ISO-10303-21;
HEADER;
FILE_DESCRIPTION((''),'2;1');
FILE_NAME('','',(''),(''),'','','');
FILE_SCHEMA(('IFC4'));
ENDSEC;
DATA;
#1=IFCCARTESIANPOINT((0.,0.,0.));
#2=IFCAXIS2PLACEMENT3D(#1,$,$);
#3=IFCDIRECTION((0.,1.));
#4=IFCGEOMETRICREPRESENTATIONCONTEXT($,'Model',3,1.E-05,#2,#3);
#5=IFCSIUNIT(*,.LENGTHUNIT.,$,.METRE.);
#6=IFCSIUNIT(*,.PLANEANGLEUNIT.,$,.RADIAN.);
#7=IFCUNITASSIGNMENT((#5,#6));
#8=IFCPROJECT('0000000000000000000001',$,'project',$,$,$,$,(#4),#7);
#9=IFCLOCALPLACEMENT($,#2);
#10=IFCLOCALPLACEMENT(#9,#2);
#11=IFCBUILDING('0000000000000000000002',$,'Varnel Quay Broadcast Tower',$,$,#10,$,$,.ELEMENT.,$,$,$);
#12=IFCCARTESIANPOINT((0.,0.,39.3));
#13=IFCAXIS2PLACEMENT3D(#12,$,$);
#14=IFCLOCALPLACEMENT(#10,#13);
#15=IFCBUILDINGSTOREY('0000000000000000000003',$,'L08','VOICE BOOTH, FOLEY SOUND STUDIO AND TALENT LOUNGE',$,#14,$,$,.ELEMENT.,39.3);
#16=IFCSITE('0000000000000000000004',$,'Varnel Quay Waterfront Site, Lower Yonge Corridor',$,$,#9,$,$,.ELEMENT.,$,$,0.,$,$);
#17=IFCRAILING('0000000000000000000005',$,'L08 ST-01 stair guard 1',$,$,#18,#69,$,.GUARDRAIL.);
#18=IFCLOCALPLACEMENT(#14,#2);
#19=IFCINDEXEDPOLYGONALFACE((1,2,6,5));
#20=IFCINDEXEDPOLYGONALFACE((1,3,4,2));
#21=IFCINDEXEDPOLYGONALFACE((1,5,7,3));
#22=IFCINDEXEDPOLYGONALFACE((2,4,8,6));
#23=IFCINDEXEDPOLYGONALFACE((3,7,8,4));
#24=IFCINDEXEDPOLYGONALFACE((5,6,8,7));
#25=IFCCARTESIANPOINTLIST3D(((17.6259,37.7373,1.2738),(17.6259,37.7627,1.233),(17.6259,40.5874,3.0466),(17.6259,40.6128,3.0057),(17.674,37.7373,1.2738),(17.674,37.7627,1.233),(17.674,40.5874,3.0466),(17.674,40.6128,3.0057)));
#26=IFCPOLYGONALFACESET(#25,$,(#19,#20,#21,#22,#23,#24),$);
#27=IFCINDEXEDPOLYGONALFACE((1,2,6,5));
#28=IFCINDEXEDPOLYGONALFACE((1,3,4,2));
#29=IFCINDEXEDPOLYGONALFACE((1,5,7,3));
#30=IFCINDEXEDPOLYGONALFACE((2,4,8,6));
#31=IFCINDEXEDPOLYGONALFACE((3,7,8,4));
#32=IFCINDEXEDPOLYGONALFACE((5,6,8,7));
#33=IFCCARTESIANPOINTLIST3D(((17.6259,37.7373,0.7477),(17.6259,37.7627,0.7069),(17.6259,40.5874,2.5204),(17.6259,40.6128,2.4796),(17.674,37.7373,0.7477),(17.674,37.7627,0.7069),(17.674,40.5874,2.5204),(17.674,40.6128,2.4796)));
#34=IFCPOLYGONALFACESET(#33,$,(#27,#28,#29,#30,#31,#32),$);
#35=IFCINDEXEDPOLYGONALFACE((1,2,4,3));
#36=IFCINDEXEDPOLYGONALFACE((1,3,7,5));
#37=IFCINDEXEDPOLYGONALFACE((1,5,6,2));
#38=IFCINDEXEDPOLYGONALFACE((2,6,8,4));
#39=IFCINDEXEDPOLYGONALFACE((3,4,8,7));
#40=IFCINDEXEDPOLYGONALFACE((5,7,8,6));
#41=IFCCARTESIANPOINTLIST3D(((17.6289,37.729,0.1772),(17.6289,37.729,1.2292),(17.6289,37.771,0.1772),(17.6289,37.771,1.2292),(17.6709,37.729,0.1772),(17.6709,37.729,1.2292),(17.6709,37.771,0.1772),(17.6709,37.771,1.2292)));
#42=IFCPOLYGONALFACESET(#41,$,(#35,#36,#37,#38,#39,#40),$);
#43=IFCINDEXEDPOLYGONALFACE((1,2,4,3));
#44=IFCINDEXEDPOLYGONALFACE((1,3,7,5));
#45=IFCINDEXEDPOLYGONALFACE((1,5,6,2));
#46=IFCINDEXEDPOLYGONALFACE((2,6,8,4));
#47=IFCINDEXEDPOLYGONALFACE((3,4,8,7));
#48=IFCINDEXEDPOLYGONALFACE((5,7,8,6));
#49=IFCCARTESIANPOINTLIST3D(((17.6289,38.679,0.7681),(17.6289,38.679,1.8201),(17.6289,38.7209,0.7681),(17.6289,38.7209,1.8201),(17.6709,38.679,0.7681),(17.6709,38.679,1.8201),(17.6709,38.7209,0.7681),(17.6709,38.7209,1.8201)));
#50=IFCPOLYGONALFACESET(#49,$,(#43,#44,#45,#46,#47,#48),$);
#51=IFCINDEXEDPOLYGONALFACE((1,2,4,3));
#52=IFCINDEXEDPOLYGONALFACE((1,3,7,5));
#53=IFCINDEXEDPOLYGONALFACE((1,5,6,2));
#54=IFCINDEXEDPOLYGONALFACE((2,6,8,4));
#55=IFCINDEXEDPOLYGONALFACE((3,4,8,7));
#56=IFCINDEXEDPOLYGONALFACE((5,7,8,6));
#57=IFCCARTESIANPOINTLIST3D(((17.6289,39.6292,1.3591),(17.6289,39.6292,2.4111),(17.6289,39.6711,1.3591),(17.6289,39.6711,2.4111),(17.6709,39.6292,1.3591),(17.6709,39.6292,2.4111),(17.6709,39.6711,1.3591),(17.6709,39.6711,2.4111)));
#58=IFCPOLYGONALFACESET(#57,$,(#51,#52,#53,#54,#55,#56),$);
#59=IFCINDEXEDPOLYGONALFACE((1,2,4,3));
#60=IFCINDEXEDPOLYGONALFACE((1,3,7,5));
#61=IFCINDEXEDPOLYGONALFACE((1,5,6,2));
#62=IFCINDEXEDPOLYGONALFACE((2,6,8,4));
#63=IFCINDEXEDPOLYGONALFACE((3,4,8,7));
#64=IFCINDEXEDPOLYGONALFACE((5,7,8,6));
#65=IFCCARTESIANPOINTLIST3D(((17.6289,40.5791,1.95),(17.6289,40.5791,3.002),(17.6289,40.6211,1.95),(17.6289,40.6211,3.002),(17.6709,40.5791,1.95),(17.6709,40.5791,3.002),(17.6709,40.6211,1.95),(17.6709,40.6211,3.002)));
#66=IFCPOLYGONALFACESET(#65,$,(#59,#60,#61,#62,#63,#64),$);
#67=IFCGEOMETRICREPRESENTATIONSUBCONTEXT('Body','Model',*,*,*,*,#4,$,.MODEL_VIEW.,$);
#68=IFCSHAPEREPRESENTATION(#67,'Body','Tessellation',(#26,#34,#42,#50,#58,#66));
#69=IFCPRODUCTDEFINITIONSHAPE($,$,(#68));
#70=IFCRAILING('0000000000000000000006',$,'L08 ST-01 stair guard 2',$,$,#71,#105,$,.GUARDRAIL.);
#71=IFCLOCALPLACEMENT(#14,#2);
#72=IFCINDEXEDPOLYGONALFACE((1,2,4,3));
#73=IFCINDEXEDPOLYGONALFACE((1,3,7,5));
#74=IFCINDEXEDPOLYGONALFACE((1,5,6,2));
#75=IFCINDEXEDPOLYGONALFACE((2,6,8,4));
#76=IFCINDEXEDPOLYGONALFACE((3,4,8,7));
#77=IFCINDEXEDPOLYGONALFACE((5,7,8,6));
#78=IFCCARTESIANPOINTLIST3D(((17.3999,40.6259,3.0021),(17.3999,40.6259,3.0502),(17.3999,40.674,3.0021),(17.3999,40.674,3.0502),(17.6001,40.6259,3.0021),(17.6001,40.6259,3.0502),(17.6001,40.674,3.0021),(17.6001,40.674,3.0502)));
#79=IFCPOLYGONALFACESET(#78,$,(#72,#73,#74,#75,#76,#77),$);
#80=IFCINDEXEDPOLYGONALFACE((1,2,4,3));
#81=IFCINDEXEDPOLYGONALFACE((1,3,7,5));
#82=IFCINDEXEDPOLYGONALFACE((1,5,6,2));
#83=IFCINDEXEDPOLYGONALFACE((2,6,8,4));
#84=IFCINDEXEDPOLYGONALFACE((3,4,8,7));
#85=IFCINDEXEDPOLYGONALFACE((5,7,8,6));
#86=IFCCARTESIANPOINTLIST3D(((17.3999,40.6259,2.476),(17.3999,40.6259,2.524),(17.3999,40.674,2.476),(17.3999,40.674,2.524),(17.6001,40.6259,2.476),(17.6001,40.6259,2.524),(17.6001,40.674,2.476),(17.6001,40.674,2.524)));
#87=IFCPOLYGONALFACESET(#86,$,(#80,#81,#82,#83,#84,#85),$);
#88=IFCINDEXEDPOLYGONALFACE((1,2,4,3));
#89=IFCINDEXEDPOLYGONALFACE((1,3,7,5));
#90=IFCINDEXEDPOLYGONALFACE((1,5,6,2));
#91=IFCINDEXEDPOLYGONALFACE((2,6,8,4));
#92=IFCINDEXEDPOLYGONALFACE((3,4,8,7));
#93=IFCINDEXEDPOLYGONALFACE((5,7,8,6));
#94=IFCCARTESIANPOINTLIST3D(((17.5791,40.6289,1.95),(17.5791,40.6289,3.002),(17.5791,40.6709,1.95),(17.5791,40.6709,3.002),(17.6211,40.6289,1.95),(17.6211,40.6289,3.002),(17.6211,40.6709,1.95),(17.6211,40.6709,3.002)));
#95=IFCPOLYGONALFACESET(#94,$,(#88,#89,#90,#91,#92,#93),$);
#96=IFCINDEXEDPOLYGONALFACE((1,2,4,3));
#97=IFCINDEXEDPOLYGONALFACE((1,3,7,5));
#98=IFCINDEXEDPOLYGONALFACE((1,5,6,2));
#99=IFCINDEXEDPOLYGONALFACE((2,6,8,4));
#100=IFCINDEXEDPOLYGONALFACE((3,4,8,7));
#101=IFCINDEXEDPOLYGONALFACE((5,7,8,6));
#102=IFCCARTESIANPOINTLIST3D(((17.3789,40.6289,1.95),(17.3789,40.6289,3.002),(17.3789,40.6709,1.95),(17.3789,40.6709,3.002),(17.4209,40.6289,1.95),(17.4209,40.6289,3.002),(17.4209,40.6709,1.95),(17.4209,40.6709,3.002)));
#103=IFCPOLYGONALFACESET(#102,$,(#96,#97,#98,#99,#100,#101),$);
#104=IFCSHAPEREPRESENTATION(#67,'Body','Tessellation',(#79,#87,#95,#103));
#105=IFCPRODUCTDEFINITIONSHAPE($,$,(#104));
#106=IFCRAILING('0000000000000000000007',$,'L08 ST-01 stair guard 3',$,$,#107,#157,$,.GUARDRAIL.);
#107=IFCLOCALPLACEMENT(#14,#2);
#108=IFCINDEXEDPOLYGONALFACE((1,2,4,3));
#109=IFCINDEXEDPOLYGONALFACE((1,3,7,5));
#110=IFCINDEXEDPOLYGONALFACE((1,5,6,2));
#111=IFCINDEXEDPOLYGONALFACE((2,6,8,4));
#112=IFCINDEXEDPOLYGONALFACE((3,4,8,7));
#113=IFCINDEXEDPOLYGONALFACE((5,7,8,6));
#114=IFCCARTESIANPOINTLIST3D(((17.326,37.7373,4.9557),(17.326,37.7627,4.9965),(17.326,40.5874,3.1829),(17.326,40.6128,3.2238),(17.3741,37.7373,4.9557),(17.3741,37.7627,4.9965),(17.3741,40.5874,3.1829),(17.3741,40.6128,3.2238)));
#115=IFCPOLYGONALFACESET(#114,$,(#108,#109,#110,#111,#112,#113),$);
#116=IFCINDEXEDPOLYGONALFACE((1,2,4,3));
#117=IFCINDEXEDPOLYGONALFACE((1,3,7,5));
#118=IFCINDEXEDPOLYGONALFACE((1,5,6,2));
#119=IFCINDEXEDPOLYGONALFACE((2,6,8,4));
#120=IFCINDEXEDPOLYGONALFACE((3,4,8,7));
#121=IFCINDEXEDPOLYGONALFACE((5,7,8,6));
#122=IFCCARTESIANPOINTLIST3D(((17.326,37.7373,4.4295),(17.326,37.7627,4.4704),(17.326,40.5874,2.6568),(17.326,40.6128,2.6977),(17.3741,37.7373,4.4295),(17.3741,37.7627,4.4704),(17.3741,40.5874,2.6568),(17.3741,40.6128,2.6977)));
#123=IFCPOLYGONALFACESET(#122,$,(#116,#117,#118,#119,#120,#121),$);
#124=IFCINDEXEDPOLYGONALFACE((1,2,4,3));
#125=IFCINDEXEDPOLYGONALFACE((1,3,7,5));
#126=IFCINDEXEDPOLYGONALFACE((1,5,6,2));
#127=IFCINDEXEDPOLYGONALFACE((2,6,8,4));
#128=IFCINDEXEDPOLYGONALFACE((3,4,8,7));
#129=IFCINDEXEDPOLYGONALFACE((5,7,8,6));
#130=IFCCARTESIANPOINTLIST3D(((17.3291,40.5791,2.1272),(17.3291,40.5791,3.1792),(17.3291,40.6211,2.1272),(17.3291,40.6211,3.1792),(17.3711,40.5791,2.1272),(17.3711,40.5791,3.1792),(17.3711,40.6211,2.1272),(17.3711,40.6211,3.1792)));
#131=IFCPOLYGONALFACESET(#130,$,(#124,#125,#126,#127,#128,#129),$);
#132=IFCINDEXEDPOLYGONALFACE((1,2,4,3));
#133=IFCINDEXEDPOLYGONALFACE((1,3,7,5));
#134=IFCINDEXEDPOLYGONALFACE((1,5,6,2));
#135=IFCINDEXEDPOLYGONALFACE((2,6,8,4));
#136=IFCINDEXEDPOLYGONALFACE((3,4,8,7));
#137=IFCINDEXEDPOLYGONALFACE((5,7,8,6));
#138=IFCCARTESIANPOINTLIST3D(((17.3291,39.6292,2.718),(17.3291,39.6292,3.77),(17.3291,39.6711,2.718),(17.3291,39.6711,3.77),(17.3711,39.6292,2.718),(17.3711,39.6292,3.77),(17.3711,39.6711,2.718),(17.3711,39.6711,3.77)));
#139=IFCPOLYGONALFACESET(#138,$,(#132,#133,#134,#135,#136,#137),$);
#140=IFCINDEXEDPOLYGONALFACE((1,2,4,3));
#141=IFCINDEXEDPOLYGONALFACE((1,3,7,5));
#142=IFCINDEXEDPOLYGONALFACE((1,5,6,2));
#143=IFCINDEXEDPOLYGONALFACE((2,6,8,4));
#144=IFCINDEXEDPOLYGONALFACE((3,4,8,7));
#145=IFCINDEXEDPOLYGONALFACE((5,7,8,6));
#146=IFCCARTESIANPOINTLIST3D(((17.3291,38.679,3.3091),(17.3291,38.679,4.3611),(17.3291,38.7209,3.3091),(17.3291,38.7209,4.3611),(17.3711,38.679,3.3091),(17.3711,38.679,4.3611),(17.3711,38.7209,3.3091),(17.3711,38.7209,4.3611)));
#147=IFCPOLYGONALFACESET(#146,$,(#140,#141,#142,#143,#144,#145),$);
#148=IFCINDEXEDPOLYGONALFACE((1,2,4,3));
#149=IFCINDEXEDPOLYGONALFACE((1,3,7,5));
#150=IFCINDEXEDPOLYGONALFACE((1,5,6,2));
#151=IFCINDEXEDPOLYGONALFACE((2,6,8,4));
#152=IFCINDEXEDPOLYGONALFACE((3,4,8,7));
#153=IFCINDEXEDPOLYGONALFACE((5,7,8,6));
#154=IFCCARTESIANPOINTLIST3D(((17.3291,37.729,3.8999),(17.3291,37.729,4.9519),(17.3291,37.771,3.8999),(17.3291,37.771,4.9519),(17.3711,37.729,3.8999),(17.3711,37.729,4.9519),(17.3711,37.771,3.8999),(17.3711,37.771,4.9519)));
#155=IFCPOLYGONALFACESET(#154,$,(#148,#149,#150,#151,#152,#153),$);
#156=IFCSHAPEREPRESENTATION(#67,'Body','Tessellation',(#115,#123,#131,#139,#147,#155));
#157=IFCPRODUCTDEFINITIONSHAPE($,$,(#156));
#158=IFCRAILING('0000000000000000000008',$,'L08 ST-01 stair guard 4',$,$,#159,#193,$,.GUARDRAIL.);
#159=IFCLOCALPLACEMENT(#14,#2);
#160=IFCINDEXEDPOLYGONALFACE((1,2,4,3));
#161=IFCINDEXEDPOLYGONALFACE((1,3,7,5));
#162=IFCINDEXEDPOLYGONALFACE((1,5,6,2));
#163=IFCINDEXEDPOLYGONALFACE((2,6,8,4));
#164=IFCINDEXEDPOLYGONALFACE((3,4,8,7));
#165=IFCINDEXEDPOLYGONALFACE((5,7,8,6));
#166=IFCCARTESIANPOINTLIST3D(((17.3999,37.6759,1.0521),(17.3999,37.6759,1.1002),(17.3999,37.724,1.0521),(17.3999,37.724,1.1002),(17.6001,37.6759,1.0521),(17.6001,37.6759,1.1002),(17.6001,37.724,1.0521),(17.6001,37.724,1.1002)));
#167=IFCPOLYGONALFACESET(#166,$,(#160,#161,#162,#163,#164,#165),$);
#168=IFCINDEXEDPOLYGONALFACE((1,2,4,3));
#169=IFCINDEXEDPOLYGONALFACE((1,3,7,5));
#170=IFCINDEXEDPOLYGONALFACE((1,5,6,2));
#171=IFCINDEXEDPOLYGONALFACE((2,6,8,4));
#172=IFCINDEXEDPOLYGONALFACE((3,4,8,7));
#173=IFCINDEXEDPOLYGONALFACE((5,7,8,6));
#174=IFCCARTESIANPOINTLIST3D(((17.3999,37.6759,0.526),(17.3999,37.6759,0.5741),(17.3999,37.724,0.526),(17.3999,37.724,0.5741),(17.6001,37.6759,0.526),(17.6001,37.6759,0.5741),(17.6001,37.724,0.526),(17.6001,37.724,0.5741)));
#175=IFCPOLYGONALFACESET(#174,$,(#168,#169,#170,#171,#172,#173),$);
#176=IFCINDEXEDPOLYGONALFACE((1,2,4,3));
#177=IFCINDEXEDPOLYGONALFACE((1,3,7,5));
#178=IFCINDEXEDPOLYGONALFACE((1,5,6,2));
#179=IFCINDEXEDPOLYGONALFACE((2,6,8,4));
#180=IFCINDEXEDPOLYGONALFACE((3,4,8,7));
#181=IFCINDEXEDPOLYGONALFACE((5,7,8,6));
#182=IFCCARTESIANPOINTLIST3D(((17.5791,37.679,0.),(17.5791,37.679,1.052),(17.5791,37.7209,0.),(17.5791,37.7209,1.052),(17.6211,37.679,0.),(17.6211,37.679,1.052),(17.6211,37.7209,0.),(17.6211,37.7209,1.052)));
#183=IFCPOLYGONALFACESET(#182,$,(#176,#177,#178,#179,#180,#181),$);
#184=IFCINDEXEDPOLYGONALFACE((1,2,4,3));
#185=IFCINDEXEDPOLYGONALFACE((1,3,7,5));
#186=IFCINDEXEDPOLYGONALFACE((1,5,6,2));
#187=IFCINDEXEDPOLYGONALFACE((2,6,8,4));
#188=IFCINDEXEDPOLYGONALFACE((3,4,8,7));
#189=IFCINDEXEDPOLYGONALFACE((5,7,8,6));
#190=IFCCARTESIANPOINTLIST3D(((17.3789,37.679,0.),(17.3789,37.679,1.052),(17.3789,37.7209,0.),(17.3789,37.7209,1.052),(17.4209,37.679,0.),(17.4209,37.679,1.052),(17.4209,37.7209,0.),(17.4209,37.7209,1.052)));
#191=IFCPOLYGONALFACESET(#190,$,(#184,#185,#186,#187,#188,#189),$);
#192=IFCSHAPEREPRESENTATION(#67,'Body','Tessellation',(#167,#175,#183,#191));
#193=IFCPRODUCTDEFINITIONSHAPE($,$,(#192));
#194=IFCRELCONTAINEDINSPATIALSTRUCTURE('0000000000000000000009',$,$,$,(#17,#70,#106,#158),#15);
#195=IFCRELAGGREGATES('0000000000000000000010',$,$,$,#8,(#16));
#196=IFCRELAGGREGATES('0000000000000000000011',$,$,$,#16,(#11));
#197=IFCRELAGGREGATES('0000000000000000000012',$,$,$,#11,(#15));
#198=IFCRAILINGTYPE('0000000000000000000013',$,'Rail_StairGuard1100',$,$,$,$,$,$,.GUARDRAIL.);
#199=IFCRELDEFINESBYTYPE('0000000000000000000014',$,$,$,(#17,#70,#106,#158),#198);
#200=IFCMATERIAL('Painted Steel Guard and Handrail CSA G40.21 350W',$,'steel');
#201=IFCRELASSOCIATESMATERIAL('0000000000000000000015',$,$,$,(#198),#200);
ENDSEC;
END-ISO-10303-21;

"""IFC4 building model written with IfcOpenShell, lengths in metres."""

from ifc_helpers import new_model, si_unit, direction, frame, origin, origin_2d, place, context, subcontext, project, spatial, rectangle, extrude, material, type_object, element, save


model = new_model("IFC4")

# Units and contexts
model_context = context("Model", 3, precision=1e-05, world=origin(), true_north=direction((0.0, 1.0)))
body_context = subcontext(model_context, "Body", "Model", "MODEL_VIEW")
ifc_project = project(units=[si_unit("LENGTHUNIT", "METRE"), si_unit("PLANEANGLEUNIT", "RADIAN")], contexts=[model_context])

# Site, building, storey
site_placement = place(None, origin())
site = spatial("IfcSite", under=ifc_project, at=site_placement, Name="Varnel Quay Waterfront Site, Lower Yonge Corridor", CompositionType="ELEMENT", RefElevation=0.0)
building_placement = place(site_placement, origin())
building = spatial("IfcBuilding", under=site, at=building_placement, Name="Varnel Quay Broadcast Tower", CompositionType="ELEMENT")
storey_placement = place(building_placement, frame((0.0, 0.0, 39.3)))
storey = spatial("IfcBuildingStorey", under=building, at=storey_placement, Name="L08", Description="VOICE BOOTH, FOLEY SOUND STUDIO AND TALENT LOUNGE", CompositionType="ELEMENT", Elevation=39.3)

# Railings
ifc_material_1 = material(Name="Painted Steel Guard and Handrail CSA G40.21 350W", Category="steel")
railing_type_1 = type_object("IfcRailingType", Name="Rail_StairGuard1100", PredefinedType="GUARDRAIL", material=ifc_material_1)
railing_1_placement = place(storey_placement, frame((17.6499, 37.75, 0.1772)))
element("IfcRailing", 1, at=railing_1_placement, inside=storey, type_object=railing_type_1, Name="L08 ST-01 stair guard 1", PredefinedType="GUARDRAIL", context=body_context, shape_type="SweptSolid", body=[
    extrude(rectangle(XDim=0.0481, YDim=0.0481, at=origin_2d()), frame((0.0, 0.0, 1.0762), z_axis=(0.0, 0.849149, 0.528154), x_axis=(-1.0, 0.0, 0.0)), (0.0, 0.0, 1.0), 3.3564),
    extrude(rectangle(XDim=0.0481, YDim=0.0481, at=origin_2d()), frame((0.0, 0.0, 0.55), z_axis=(0.0, 0.849149, 0.528154), x_axis=(-1.0, 0.0, 0.0)), (0.0, 0.0, 1.0), 3.3564),
    extrude(rectangle(XDim=0.042, YDim=0.042, at=origin_2d()), origin(), (0.0, 0.0, 1.0), 1.052),
    extrude(rectangle(XDim=0.042, YDim=0.042, at=origin_2d()), frame((0.0, 0.95, 0.5908)), (0.0, 0.0, 1.0), 1.052),
    extrude(rectangle(XDim=0.042, YDim=0.042, at=origin_2d()), frame((0.0, 1.9001, 1.1819)), (0.0, 0.0, 1.0), 1.052),
    extrude(rectangle(XDim=0.042, YDim=0.042, at=origin_2d()), frame((0.0, 2.8501, 1.7727)), (0.0, 0.0, 1.0), 1.052),
])
railing_2_placement = place(storey_placement, frame((17.6001, 40.6499, 1.95)))
element("IfcRailing", 2, at=railing_2_placement, inside=storey, type_object=railing_type_1, Name="L08 ST-01 stair guard 2", PredefinedType="GUARDRAIL", context=body_context, shape_type="SweptSolid", body=[
    extrude(rectangle(XDim=0.0481, YDim=0.0481, at=origin_2d()), frame((0.0, 0.0, 1.0762), z_axis=(-1.0, 0.0, 0.0), x_axis=(0.0, -1.0, 0.0)), (0.0, 0.0, 1.0), 0.2002),
    extrude(rectangle(XDim=0.0481, YDim=0.0481, at=origin_2d()), frame((0.0, 0.0, 0.55), z_axis=(-1.0, 0.0, 0.0), x_axis=(0.0, -1.0, 0.0)), (0.0, 0.0, 1.0), 0.2002),
    extrude(rectangle(XDim=0.042, YDim=0.042, at=origin_2d()), origin(), (0.0, 0.0, 1.0), 1.052),
    extrude(rectangle(XDim=0.042, YDim=0.042, at=origin_2d()), frame((-0.2002, 0.0, 0.0)), (0.0, 0.0, 1.0), 1.052),
])
railing_3_placement = place(storey_placement, frame((17.3501, 40.6001, 2.1272)))
element("IfcRailing", 3, at=railing_3_placement, inside=storey, type_object=railing_type_1, Name="L08 ST-01 stair guard 3", PredefinedType="GUARDRAIL", context=body_context, shape_type="SweptSolid", body=[
    extrude(rectangle(XDim=0.0481, YDim=0.0481, at=origin_2d()), frame((0.0, 0.0, 1.0762), z_axis=(0.0, -0.849149, 0.528154), x_axis=(1.0, 0.0, 0.0)), (0.0, 0.0, 1.0), 3.3564),
    extrude(rectangle(XDim=0.0481, YDim=0.0481, at=origin_2d()), frame((0.0, 0.0, 0.55), z_axis=(0.0, -0.849149, 0.528154), x_axis=(1.0, 0.0, 0.0)), (0.0, 0.0, 1.0), 3.3564),
    extrude(rectangle(XDim=0.042, YDim=0.042, at=origin_2d()), origin(), (0.0, 0.0, 1.0), 1.052),
    extrude(rectangle(XDim=0.042, YDim=0.042, at=origin_2d()), frame((0.0, -0.95, 0.5908)), (0.0, 0.0, 1.0), 1.052),
    extrude(rectangle(XDim=0.042, YDim=0.042, at=origin_2d()), frame((0.0, -1.9001, 1.1819)), (0.0, 0.0, 1.0), 1.052),
    extrude(rectangle(XDim=0.042, YDim=0.042, at=origin_2d()), frame((0.0, -2.8501, 1.7727)), (0.0, 0.0, 1.0), 1.052),
])
railing_4_placement = place(storey_placement, frame((17.6001, 37.7, 0.0)))
element("IfcRailing", 4, at=railing_4_placement, inside=storey, type_object=railing_type_1, Name="L08 ST-01 stair guard 4", PredefinedType="GUARDRAIL", context=body_context, shape_type="SweptSolid", body=[
    extrude(rectangle(XDim=0.0481, YDim=0.0481, at=origin_2d()), frame((0.0, 0.0, 1.0762), z_axis=(-1.0, 0.0, 0.0), x_axis=(0.0, -1.0, 0.0)), (0.0, 0.0, 1.0), 0.2002),
    extrude(rectangle(XDim=0.0481, YDim=0.0481, at=origin_2d()), frame((0.0, 0.0, 0.55), z_axis=(-1.0, 0.0, 0.0), x_axis=(0.0, -1.0, 0.0)), (0.0, 0.0, 1.0), 0.2002),
    extrude(rectangle(XDim=0.042, YDim=0.042, at=origin_2d()), origin(), (0.0, 0.0, 1.0), 1.052),
    extrude(rectangle(XDim=0.042, YDim=0.042, at=origin_2d()), frame((-0.2002, 0.0, 0.0)), (0.0, 0.0, 1.0), 1.052),
])

save(model, "model.ifc")
